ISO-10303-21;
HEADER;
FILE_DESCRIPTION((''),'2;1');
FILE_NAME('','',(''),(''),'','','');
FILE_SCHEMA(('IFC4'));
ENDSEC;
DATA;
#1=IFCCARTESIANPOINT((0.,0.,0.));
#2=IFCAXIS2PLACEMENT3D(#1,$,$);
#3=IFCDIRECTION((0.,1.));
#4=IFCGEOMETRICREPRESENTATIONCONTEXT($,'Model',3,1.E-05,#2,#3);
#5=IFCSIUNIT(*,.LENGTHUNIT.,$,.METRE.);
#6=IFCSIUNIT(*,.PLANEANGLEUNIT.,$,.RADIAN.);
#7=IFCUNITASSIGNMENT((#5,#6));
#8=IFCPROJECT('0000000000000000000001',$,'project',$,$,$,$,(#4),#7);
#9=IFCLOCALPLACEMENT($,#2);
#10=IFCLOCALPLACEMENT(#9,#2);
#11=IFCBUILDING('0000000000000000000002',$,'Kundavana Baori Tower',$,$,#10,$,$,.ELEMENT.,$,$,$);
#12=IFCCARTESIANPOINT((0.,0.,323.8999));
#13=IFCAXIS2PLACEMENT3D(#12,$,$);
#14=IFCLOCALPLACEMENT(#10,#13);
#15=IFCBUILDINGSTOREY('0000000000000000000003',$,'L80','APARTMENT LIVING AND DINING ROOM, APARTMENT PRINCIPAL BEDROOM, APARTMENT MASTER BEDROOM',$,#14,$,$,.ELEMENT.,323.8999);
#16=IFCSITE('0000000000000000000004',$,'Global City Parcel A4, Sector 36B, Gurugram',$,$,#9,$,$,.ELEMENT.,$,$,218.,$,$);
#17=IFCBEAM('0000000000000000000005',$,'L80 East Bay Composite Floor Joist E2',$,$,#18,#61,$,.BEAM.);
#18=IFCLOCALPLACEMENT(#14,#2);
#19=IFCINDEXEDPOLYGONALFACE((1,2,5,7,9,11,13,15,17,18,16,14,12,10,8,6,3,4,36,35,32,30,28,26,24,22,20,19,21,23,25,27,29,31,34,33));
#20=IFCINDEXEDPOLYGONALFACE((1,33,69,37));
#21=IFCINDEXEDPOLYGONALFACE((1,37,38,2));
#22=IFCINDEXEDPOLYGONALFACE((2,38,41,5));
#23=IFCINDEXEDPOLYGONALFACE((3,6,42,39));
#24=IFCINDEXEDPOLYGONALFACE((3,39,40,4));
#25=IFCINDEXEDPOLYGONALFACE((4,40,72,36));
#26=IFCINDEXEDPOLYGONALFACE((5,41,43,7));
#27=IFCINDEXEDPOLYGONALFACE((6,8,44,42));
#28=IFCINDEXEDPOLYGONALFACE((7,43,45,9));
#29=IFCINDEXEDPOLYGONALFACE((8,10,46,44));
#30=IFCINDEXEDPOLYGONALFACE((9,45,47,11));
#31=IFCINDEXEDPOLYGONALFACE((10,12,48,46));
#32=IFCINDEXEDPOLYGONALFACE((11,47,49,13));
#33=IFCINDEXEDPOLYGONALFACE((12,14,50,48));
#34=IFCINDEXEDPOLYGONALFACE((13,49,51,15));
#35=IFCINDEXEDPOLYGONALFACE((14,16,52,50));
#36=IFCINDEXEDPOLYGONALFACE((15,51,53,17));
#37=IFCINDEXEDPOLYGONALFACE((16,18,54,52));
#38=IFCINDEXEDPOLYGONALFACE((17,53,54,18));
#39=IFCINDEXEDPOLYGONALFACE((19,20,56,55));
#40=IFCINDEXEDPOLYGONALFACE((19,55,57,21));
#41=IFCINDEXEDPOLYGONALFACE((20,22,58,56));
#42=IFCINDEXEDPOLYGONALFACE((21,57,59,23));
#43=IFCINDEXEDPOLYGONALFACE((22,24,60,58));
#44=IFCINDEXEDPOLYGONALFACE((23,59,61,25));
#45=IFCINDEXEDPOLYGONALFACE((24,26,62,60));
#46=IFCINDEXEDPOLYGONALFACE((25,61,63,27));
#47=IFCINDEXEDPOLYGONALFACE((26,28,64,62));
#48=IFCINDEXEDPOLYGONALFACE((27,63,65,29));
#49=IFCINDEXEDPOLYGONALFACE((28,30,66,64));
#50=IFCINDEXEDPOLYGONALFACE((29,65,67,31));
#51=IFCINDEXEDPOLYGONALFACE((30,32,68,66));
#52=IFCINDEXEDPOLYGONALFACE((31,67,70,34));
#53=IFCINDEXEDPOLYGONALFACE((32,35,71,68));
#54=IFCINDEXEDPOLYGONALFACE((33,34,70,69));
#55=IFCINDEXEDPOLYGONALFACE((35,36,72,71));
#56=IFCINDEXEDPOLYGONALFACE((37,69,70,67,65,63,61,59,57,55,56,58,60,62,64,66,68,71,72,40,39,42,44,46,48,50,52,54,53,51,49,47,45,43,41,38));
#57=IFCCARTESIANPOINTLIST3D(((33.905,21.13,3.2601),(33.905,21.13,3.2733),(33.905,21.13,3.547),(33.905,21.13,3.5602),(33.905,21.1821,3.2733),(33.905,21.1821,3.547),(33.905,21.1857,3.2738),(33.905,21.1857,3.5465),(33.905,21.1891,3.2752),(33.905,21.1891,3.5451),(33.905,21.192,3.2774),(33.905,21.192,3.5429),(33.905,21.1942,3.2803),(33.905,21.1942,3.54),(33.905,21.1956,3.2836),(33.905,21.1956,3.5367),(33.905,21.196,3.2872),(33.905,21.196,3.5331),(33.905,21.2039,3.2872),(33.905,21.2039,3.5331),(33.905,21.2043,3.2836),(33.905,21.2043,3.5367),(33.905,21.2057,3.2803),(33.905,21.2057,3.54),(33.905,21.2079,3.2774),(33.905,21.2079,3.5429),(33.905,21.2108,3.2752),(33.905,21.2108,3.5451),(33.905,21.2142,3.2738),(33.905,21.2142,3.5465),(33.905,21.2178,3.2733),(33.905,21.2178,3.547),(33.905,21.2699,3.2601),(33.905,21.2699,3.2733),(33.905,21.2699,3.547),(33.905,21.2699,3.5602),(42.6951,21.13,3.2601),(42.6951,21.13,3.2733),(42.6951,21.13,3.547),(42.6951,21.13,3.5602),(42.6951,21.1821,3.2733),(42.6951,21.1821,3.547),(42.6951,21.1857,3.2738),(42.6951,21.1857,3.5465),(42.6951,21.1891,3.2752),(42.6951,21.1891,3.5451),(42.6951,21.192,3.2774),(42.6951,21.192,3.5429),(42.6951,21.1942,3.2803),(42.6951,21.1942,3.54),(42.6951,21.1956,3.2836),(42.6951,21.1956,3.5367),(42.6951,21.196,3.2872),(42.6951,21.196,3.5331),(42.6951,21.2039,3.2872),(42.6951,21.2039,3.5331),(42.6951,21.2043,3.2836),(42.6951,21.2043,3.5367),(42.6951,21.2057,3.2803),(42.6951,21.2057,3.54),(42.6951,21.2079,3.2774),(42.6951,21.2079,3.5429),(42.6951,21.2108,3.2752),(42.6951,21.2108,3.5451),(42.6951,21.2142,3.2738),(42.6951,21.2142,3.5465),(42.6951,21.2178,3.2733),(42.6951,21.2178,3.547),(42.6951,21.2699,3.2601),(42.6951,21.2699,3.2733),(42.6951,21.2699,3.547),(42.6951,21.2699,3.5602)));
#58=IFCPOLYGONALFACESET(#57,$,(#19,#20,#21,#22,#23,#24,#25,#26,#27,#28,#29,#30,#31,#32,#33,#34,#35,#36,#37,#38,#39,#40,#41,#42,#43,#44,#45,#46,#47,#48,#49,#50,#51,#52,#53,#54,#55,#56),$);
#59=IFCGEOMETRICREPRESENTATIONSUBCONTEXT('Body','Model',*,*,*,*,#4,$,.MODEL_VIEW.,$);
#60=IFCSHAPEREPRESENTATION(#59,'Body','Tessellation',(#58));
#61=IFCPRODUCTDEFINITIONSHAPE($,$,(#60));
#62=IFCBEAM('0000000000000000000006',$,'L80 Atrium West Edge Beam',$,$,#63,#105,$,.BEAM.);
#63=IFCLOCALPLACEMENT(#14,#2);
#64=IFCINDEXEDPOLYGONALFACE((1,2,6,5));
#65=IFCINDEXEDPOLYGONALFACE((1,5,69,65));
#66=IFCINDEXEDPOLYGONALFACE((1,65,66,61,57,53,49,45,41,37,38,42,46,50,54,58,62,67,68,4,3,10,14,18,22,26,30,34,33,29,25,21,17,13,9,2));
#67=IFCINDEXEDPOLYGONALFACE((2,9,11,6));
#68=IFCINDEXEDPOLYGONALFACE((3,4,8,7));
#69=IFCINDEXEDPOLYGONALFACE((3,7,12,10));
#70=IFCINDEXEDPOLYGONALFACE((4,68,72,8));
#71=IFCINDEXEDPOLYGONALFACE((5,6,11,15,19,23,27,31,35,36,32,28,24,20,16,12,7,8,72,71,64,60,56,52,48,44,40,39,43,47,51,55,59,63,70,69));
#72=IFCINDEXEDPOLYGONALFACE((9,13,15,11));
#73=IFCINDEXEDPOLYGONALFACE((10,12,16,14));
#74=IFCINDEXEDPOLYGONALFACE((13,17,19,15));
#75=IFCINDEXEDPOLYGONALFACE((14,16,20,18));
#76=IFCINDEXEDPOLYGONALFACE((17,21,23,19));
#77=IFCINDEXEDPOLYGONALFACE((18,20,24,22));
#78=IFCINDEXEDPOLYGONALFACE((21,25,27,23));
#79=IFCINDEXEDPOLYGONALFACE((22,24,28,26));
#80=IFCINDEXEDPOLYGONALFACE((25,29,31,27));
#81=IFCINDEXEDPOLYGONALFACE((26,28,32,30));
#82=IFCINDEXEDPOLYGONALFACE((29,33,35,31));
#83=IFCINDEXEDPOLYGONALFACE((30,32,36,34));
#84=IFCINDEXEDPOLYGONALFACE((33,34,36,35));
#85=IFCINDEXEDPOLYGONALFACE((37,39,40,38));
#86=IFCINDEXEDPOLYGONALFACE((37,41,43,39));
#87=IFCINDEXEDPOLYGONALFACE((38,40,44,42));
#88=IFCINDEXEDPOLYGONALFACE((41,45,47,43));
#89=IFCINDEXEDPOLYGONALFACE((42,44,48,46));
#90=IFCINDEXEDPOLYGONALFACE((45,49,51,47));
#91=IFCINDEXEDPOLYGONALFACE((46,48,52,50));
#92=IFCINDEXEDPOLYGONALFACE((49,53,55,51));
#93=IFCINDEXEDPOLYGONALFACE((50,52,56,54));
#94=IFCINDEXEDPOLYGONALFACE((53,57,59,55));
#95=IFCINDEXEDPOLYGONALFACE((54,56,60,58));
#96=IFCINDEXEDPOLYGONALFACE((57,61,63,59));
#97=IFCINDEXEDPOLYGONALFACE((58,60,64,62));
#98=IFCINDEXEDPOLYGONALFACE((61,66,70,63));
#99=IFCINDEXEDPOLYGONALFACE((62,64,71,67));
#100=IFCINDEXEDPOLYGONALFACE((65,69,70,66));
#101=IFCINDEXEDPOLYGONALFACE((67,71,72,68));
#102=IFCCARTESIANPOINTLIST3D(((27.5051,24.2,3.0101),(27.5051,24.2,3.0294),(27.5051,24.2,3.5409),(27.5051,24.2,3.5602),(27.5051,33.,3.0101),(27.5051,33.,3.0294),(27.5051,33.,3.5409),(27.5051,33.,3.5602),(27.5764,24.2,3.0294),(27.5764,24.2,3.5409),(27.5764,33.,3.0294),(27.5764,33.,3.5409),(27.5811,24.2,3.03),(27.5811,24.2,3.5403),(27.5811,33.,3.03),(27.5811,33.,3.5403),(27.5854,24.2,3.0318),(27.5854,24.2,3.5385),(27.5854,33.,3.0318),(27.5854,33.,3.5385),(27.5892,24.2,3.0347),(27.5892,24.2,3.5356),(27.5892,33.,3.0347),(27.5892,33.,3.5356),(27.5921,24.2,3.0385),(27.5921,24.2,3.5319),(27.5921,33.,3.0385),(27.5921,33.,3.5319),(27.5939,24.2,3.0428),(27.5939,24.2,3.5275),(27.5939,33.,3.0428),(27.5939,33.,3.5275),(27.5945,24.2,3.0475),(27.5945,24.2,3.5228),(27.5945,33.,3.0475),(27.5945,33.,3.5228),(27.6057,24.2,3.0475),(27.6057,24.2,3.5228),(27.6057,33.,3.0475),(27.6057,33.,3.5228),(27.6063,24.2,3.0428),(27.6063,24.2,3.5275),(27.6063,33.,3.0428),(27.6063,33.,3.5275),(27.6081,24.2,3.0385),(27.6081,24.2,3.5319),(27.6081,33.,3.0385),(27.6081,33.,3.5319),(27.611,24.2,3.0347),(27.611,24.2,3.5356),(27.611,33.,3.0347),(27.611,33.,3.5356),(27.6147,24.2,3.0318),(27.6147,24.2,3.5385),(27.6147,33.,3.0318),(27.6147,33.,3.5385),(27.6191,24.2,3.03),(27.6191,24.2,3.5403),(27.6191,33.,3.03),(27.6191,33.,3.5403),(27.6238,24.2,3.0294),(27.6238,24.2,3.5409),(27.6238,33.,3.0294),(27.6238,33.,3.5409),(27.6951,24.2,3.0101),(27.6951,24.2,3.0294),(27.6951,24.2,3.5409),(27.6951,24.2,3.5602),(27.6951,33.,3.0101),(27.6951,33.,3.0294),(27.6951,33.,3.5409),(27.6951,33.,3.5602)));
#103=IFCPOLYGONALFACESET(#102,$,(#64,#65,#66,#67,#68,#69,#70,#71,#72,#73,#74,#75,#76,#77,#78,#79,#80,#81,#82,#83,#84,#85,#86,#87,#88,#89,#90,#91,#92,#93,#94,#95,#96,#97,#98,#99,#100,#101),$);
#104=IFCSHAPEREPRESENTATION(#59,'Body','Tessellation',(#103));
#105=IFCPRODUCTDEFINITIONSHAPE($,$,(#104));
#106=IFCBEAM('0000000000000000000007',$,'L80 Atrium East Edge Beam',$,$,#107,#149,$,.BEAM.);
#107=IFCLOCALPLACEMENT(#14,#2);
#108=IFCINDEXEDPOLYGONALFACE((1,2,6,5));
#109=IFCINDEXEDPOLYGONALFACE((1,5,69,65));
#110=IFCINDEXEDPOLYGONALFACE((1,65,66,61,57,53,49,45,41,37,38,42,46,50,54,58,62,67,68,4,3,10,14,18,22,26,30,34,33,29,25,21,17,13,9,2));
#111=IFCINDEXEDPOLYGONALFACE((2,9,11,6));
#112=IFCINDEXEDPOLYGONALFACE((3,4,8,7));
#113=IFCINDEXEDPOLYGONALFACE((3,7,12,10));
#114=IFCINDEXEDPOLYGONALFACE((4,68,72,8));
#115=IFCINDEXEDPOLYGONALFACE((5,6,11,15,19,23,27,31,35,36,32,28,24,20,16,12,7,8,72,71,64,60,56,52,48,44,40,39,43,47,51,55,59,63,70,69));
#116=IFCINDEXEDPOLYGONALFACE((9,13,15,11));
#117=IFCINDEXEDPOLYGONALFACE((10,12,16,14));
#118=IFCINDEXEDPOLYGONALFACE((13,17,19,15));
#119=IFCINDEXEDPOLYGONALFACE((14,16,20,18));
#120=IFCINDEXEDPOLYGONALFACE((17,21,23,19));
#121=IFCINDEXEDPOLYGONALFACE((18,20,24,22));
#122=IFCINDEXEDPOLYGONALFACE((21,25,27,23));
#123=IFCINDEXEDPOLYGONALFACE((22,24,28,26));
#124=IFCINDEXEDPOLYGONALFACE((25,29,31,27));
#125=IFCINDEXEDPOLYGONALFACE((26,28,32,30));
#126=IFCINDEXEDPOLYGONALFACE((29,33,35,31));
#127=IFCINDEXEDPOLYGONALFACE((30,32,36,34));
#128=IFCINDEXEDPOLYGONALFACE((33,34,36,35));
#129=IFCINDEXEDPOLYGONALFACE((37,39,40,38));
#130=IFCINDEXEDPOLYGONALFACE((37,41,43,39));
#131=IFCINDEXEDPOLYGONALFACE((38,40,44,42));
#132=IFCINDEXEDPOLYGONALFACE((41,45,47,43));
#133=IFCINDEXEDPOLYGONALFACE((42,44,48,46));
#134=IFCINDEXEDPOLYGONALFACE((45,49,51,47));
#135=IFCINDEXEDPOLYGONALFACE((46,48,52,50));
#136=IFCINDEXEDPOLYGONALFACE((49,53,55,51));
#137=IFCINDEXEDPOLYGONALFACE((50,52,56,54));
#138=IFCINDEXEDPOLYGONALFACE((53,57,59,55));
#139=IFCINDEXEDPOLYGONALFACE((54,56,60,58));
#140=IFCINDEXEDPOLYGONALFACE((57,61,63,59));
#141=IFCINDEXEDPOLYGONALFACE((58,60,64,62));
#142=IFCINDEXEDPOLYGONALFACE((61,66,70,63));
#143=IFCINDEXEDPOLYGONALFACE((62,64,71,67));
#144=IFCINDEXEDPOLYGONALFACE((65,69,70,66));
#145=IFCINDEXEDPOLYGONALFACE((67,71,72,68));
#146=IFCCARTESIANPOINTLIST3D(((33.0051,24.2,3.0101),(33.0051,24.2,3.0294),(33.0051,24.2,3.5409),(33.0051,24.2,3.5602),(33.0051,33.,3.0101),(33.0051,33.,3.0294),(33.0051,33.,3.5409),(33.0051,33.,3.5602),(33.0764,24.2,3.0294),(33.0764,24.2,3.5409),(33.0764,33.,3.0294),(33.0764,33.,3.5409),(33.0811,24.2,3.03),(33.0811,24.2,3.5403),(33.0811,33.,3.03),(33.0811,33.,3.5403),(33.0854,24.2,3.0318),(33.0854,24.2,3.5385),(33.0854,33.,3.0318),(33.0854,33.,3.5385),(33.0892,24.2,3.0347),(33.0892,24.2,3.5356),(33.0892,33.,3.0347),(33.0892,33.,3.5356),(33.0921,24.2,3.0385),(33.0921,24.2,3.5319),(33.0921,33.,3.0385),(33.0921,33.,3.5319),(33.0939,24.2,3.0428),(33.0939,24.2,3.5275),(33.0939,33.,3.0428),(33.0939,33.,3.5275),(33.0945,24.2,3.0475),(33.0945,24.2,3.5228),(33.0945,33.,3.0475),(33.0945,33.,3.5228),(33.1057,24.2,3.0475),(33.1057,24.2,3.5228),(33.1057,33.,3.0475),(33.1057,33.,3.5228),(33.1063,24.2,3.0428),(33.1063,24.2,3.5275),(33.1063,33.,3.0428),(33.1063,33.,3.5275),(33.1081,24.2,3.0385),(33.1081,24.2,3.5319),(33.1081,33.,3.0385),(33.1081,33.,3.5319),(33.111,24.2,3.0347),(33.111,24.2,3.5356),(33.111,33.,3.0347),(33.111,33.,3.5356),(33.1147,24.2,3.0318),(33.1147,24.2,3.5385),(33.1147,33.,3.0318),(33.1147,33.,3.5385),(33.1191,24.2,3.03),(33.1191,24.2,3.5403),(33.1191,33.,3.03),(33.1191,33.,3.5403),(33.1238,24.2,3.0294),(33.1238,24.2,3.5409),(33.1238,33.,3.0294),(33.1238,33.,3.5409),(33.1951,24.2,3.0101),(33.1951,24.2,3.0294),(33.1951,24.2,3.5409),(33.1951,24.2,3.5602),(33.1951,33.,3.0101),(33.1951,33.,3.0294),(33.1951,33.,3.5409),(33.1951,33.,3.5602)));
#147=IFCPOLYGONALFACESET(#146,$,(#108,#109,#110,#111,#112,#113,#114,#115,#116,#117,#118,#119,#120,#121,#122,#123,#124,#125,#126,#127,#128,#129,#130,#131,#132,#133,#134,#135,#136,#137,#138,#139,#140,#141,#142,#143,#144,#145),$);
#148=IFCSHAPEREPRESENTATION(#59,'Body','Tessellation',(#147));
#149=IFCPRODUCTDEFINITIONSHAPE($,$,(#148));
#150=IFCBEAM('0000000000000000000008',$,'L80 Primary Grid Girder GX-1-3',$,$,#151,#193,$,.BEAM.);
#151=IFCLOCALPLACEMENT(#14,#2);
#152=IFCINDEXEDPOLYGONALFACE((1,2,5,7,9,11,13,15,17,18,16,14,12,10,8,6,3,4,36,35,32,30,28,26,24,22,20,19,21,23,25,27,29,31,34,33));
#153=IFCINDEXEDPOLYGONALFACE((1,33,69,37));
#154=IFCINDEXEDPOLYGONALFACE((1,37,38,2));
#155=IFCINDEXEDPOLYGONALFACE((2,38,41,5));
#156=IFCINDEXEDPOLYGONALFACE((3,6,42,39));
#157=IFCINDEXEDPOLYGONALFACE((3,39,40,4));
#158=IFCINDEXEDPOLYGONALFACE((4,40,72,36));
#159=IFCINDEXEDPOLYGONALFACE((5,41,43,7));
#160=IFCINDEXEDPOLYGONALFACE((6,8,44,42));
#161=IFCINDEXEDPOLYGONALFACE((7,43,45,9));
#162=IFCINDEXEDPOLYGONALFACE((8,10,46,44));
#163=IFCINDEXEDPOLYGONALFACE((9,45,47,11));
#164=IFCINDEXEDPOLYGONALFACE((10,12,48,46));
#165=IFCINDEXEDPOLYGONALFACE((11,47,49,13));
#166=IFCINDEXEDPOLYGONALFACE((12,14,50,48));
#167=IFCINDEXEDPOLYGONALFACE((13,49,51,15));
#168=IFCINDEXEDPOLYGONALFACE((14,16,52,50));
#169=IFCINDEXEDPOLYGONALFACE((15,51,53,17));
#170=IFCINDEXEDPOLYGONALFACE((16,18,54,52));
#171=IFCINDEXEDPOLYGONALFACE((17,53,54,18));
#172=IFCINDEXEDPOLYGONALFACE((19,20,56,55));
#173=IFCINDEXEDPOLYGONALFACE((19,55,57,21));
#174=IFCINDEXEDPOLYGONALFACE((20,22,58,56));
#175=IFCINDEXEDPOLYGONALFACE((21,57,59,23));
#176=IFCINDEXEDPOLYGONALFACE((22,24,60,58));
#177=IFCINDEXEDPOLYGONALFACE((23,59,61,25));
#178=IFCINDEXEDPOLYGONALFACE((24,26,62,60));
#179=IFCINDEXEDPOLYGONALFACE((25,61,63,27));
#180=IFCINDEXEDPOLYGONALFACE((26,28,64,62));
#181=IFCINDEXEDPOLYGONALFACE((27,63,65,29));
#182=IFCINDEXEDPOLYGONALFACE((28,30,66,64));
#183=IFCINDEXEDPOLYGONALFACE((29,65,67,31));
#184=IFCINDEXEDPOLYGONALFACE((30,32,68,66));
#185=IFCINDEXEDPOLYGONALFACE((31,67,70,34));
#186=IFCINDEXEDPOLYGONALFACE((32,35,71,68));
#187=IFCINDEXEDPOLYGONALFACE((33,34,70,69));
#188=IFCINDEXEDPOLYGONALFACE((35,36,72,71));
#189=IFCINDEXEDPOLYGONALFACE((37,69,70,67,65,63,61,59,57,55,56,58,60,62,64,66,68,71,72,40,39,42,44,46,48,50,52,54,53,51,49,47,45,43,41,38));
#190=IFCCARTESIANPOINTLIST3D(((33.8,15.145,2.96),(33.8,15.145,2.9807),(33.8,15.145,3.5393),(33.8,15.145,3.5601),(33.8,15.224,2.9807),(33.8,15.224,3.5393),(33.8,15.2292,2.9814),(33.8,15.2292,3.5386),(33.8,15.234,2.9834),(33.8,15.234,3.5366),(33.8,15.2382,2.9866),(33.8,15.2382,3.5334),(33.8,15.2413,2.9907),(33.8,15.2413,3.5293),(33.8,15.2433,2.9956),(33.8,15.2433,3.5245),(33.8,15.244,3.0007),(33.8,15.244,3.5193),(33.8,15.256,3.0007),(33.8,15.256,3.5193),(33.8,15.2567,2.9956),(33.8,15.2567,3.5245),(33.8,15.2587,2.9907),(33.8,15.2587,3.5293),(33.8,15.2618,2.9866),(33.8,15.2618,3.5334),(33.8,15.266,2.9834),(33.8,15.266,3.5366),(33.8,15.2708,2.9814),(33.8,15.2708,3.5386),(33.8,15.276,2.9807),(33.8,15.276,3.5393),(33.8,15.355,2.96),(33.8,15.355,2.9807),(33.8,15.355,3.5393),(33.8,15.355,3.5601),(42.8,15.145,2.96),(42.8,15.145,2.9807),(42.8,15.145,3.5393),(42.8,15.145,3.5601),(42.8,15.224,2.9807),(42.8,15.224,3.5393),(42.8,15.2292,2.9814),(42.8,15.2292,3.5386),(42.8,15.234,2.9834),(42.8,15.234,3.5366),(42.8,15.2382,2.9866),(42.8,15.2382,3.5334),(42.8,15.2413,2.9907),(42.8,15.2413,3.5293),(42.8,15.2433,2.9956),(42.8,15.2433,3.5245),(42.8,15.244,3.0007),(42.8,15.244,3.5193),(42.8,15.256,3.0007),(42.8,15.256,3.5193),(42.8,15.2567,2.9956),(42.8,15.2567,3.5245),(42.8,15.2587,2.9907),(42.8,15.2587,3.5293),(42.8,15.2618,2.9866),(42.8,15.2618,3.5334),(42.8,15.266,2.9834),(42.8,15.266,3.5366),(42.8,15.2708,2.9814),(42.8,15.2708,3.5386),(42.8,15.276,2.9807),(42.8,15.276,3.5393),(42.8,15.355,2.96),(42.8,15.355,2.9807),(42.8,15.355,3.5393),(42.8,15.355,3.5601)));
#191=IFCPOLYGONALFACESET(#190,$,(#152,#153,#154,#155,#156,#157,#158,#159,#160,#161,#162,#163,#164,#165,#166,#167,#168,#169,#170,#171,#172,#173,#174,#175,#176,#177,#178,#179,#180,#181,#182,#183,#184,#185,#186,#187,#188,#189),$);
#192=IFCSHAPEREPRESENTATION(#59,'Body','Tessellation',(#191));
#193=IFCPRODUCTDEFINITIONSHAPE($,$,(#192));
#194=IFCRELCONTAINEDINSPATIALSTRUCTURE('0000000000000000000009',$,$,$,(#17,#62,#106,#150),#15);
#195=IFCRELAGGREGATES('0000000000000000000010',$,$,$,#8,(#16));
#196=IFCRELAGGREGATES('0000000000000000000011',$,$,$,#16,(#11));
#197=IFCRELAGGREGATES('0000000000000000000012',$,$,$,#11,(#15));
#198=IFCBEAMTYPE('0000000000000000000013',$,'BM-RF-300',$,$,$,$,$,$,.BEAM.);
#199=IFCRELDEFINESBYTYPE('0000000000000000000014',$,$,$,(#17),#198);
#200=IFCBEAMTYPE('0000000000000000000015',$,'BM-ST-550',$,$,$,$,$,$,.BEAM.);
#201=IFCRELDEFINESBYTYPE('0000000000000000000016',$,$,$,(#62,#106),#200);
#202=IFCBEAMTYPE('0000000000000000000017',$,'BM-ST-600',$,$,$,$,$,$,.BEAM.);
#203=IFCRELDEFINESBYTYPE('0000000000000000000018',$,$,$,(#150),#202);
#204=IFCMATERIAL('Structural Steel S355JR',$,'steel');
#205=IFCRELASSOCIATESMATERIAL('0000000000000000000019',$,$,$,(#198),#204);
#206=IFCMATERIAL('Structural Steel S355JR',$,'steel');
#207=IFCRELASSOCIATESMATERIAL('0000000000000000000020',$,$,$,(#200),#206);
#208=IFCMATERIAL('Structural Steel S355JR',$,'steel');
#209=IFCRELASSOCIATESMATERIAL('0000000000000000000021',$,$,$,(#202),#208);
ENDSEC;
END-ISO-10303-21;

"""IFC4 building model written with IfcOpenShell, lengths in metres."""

from ifc_helpers import new_model, si_unit, direction, frame, origin, origin_2d, place, context, subcontext, project, spatial, i_section, extrude, material, material_profile, profile_set, type_object, element, save


model = new_model("IFC4")

# Units and contexts
model_context = context("Model", 3, precision=1e-05, world=origin(), true_north=direction((0.0, 1.0)))
body_context = subcontext(model_context, "Body", "Model", "MODEL_VIEW")
ifc_project = project(units=[si_unit("LENGTHUNIT", "METRE"), si_unit("PLANEANGLEUNIT", "RADIAN")], contexts=[model_context])

# Site, building, storey
site_placement = place(None, origin())
site = spatial("IfcSite", under=ifc_project, at=site_placement, Name="Global City Parcel A4, Sector 36B, Gurugram", CompositionType="ELEMENT", RefElevation=218.0)
building_placement = place(site_placement, origin())
building = spatial("IfcBuilding", under=site, at=building_placement, Name="Kundavana Baori Tower", CompositionType="ELEMENT")
storey_placement = place(building_placement, frame((0.0, 0.0, 323.8999)))
storey = spatial("IfcBuildingStorey", under=building, at=storey_placement, Name="L80", Description="APARTMENT LIVING AND DINING ROOM, APARTMENT PRINCIPAL BEDROOM, APARTMENT MASTER BEDROOM", CompositionType="ELEMENT", Elevation=323.8999)

# Beams
ifc_material_1 = material(Name="Structural Steel S355JR", Category="steel")
ifc_material_profile_1 = material_profile(ifc_material_1, i_section(OverallWidth=0.1399, OverallDepth=0.3, WebThickness=0.0078, FlangeThickness=0.0132, FilletRadius=0.0139, at=origin_2d()), Name="ISMB 300")
ifc_profile_set_1 = profile_set([ifc_material_profile_1], Name="Structural Steel S355JR")
beam_type_1 = type_object("IfcBeamType", Name="BM-RF-300", PredefinedType="BEAM", material=ifc_profile_set_1)
for number, where, z_axis, x_axis, name in (
    (1, (33.905, 21.2, 3.4102), (1.0, 0.0, 0.0), (0.0, 1.0, 0.0), "L80 East Bay Composite Floor Joist E2"),
):
    element("IfcBeam", number, at=place(storey_placement, frame(where, z_axis=z_axis, x_axis=x_axis)), inside=storey, type_object=beam_type_1, Name=name, PredefinedType="BEAM", context=body_context, shape_type="SweptSolid", body=[
        extrude(i_section(OverallWidth=0.1399, OverallDepth=0.3, WebThickness=0.0078, FlangeThickness=0.0132, FilletRadius=0.0139, at=origin_2d()), origin(), (0.0, 0.0, 1.0), 8.79),
    ])
ifc_material_2 = material(Name="Structural Steel S355JR", Category="steel")
ifc_material_profile_2 = material_profile(ifc_material_2, i_section(OverallWidth=0.1899, OverallDepth=0.55, WebThickness=0.0112, FlangeThickness=0.0193, FilletRadius=0.0181, at=origin_2d()), Name="ISMB 550")
ifc_profile_set_2 = profile_set([ifc_material_profile_2], Name="Structural Steel S355JR")
beam_type_2 = type_object("IfcBeamType", Name="BM-ST-550", PredefinedType="BEAM", material=ifc_profile_set_2)
for number, where, z_axis, x_axis, name in (
    (2, (27.6001, 24.2, 3.2852), (0.0, 1.0, 0.0), (-1.0, 0.0, 0.0), "L80 Atrium West Edge Beam"),
    (3, (33.1001, 24.2, 3.2852), (0.0, 1.0, 0.0), (-1.0, 0.0, 0.0), "L80 Atrium East Edge Beam"),
):
    element("IfcBeam", number, at=place(storey_placement, frame(where, z_axis=z_axis, x_axis=x_axis)), inside=storey, type_object=beam_type_2, Name=name, PredefinedType="BEAM", context=body_context, shape_type="SweptSolid", body=[
        extrude(i_section(OverallWidth=0.1899, OverallDepth=0.55, WebThickness=0.0112, FlangeThickness=0.0193, FilletRadius=0.0181, at=origin_2d()), origin(), (0.0, 0.0, 1.0), 8.8),
    ])
ifc_material_3 = material(Name="Structural Steel S355JR", Category="steel")
ifc_material_profile_3 = material_profile(ifc_material_3, i_section(OverallWidth=0.21, OverallDepth=0.6001, WebThickness=0.012, FlangeThickness=0.0208, FilletRadius=0.02, at=origin_2d()), Name="ISMB 600")
ifc_profile_set_3 = profile_set([ifc_material_profile_3], Name="Structural Steel S355JR")
beam_type_3 = type_object("IfcBeamType", Name="BM-ST-600", PredefinedType="BEAM", material=ifc_profile_set_3)
for number, where, z_axis, x_axis, name in (
    (4, (33.8, 15.25, 3.26), (1.0, 0.0, 0.0), (0.0, 1.0, 0.0), "L80 Primary Grid Girder GX-1-3"),
):
    element("IfcBeam", number, at=place(storey_placement, frame(where, z_axis=z_axis, x_axis=x_axis)), inside=storey, type_object=beam_type_3, Name=name, PredefinedType="BEAM", context=body_context, shape_type="SweptSolid", body=[
        extrude(i_section(OverallWidth=0.21, OverallDepth=0.6001, WebThickness=0.012, FlangeThickness=0.0208, FilletRadius=0.02, at=origin_2d()), origin(), (0.0, 0.0, 1.0), 9.0),
    ])

save(model, "model.ifc")
